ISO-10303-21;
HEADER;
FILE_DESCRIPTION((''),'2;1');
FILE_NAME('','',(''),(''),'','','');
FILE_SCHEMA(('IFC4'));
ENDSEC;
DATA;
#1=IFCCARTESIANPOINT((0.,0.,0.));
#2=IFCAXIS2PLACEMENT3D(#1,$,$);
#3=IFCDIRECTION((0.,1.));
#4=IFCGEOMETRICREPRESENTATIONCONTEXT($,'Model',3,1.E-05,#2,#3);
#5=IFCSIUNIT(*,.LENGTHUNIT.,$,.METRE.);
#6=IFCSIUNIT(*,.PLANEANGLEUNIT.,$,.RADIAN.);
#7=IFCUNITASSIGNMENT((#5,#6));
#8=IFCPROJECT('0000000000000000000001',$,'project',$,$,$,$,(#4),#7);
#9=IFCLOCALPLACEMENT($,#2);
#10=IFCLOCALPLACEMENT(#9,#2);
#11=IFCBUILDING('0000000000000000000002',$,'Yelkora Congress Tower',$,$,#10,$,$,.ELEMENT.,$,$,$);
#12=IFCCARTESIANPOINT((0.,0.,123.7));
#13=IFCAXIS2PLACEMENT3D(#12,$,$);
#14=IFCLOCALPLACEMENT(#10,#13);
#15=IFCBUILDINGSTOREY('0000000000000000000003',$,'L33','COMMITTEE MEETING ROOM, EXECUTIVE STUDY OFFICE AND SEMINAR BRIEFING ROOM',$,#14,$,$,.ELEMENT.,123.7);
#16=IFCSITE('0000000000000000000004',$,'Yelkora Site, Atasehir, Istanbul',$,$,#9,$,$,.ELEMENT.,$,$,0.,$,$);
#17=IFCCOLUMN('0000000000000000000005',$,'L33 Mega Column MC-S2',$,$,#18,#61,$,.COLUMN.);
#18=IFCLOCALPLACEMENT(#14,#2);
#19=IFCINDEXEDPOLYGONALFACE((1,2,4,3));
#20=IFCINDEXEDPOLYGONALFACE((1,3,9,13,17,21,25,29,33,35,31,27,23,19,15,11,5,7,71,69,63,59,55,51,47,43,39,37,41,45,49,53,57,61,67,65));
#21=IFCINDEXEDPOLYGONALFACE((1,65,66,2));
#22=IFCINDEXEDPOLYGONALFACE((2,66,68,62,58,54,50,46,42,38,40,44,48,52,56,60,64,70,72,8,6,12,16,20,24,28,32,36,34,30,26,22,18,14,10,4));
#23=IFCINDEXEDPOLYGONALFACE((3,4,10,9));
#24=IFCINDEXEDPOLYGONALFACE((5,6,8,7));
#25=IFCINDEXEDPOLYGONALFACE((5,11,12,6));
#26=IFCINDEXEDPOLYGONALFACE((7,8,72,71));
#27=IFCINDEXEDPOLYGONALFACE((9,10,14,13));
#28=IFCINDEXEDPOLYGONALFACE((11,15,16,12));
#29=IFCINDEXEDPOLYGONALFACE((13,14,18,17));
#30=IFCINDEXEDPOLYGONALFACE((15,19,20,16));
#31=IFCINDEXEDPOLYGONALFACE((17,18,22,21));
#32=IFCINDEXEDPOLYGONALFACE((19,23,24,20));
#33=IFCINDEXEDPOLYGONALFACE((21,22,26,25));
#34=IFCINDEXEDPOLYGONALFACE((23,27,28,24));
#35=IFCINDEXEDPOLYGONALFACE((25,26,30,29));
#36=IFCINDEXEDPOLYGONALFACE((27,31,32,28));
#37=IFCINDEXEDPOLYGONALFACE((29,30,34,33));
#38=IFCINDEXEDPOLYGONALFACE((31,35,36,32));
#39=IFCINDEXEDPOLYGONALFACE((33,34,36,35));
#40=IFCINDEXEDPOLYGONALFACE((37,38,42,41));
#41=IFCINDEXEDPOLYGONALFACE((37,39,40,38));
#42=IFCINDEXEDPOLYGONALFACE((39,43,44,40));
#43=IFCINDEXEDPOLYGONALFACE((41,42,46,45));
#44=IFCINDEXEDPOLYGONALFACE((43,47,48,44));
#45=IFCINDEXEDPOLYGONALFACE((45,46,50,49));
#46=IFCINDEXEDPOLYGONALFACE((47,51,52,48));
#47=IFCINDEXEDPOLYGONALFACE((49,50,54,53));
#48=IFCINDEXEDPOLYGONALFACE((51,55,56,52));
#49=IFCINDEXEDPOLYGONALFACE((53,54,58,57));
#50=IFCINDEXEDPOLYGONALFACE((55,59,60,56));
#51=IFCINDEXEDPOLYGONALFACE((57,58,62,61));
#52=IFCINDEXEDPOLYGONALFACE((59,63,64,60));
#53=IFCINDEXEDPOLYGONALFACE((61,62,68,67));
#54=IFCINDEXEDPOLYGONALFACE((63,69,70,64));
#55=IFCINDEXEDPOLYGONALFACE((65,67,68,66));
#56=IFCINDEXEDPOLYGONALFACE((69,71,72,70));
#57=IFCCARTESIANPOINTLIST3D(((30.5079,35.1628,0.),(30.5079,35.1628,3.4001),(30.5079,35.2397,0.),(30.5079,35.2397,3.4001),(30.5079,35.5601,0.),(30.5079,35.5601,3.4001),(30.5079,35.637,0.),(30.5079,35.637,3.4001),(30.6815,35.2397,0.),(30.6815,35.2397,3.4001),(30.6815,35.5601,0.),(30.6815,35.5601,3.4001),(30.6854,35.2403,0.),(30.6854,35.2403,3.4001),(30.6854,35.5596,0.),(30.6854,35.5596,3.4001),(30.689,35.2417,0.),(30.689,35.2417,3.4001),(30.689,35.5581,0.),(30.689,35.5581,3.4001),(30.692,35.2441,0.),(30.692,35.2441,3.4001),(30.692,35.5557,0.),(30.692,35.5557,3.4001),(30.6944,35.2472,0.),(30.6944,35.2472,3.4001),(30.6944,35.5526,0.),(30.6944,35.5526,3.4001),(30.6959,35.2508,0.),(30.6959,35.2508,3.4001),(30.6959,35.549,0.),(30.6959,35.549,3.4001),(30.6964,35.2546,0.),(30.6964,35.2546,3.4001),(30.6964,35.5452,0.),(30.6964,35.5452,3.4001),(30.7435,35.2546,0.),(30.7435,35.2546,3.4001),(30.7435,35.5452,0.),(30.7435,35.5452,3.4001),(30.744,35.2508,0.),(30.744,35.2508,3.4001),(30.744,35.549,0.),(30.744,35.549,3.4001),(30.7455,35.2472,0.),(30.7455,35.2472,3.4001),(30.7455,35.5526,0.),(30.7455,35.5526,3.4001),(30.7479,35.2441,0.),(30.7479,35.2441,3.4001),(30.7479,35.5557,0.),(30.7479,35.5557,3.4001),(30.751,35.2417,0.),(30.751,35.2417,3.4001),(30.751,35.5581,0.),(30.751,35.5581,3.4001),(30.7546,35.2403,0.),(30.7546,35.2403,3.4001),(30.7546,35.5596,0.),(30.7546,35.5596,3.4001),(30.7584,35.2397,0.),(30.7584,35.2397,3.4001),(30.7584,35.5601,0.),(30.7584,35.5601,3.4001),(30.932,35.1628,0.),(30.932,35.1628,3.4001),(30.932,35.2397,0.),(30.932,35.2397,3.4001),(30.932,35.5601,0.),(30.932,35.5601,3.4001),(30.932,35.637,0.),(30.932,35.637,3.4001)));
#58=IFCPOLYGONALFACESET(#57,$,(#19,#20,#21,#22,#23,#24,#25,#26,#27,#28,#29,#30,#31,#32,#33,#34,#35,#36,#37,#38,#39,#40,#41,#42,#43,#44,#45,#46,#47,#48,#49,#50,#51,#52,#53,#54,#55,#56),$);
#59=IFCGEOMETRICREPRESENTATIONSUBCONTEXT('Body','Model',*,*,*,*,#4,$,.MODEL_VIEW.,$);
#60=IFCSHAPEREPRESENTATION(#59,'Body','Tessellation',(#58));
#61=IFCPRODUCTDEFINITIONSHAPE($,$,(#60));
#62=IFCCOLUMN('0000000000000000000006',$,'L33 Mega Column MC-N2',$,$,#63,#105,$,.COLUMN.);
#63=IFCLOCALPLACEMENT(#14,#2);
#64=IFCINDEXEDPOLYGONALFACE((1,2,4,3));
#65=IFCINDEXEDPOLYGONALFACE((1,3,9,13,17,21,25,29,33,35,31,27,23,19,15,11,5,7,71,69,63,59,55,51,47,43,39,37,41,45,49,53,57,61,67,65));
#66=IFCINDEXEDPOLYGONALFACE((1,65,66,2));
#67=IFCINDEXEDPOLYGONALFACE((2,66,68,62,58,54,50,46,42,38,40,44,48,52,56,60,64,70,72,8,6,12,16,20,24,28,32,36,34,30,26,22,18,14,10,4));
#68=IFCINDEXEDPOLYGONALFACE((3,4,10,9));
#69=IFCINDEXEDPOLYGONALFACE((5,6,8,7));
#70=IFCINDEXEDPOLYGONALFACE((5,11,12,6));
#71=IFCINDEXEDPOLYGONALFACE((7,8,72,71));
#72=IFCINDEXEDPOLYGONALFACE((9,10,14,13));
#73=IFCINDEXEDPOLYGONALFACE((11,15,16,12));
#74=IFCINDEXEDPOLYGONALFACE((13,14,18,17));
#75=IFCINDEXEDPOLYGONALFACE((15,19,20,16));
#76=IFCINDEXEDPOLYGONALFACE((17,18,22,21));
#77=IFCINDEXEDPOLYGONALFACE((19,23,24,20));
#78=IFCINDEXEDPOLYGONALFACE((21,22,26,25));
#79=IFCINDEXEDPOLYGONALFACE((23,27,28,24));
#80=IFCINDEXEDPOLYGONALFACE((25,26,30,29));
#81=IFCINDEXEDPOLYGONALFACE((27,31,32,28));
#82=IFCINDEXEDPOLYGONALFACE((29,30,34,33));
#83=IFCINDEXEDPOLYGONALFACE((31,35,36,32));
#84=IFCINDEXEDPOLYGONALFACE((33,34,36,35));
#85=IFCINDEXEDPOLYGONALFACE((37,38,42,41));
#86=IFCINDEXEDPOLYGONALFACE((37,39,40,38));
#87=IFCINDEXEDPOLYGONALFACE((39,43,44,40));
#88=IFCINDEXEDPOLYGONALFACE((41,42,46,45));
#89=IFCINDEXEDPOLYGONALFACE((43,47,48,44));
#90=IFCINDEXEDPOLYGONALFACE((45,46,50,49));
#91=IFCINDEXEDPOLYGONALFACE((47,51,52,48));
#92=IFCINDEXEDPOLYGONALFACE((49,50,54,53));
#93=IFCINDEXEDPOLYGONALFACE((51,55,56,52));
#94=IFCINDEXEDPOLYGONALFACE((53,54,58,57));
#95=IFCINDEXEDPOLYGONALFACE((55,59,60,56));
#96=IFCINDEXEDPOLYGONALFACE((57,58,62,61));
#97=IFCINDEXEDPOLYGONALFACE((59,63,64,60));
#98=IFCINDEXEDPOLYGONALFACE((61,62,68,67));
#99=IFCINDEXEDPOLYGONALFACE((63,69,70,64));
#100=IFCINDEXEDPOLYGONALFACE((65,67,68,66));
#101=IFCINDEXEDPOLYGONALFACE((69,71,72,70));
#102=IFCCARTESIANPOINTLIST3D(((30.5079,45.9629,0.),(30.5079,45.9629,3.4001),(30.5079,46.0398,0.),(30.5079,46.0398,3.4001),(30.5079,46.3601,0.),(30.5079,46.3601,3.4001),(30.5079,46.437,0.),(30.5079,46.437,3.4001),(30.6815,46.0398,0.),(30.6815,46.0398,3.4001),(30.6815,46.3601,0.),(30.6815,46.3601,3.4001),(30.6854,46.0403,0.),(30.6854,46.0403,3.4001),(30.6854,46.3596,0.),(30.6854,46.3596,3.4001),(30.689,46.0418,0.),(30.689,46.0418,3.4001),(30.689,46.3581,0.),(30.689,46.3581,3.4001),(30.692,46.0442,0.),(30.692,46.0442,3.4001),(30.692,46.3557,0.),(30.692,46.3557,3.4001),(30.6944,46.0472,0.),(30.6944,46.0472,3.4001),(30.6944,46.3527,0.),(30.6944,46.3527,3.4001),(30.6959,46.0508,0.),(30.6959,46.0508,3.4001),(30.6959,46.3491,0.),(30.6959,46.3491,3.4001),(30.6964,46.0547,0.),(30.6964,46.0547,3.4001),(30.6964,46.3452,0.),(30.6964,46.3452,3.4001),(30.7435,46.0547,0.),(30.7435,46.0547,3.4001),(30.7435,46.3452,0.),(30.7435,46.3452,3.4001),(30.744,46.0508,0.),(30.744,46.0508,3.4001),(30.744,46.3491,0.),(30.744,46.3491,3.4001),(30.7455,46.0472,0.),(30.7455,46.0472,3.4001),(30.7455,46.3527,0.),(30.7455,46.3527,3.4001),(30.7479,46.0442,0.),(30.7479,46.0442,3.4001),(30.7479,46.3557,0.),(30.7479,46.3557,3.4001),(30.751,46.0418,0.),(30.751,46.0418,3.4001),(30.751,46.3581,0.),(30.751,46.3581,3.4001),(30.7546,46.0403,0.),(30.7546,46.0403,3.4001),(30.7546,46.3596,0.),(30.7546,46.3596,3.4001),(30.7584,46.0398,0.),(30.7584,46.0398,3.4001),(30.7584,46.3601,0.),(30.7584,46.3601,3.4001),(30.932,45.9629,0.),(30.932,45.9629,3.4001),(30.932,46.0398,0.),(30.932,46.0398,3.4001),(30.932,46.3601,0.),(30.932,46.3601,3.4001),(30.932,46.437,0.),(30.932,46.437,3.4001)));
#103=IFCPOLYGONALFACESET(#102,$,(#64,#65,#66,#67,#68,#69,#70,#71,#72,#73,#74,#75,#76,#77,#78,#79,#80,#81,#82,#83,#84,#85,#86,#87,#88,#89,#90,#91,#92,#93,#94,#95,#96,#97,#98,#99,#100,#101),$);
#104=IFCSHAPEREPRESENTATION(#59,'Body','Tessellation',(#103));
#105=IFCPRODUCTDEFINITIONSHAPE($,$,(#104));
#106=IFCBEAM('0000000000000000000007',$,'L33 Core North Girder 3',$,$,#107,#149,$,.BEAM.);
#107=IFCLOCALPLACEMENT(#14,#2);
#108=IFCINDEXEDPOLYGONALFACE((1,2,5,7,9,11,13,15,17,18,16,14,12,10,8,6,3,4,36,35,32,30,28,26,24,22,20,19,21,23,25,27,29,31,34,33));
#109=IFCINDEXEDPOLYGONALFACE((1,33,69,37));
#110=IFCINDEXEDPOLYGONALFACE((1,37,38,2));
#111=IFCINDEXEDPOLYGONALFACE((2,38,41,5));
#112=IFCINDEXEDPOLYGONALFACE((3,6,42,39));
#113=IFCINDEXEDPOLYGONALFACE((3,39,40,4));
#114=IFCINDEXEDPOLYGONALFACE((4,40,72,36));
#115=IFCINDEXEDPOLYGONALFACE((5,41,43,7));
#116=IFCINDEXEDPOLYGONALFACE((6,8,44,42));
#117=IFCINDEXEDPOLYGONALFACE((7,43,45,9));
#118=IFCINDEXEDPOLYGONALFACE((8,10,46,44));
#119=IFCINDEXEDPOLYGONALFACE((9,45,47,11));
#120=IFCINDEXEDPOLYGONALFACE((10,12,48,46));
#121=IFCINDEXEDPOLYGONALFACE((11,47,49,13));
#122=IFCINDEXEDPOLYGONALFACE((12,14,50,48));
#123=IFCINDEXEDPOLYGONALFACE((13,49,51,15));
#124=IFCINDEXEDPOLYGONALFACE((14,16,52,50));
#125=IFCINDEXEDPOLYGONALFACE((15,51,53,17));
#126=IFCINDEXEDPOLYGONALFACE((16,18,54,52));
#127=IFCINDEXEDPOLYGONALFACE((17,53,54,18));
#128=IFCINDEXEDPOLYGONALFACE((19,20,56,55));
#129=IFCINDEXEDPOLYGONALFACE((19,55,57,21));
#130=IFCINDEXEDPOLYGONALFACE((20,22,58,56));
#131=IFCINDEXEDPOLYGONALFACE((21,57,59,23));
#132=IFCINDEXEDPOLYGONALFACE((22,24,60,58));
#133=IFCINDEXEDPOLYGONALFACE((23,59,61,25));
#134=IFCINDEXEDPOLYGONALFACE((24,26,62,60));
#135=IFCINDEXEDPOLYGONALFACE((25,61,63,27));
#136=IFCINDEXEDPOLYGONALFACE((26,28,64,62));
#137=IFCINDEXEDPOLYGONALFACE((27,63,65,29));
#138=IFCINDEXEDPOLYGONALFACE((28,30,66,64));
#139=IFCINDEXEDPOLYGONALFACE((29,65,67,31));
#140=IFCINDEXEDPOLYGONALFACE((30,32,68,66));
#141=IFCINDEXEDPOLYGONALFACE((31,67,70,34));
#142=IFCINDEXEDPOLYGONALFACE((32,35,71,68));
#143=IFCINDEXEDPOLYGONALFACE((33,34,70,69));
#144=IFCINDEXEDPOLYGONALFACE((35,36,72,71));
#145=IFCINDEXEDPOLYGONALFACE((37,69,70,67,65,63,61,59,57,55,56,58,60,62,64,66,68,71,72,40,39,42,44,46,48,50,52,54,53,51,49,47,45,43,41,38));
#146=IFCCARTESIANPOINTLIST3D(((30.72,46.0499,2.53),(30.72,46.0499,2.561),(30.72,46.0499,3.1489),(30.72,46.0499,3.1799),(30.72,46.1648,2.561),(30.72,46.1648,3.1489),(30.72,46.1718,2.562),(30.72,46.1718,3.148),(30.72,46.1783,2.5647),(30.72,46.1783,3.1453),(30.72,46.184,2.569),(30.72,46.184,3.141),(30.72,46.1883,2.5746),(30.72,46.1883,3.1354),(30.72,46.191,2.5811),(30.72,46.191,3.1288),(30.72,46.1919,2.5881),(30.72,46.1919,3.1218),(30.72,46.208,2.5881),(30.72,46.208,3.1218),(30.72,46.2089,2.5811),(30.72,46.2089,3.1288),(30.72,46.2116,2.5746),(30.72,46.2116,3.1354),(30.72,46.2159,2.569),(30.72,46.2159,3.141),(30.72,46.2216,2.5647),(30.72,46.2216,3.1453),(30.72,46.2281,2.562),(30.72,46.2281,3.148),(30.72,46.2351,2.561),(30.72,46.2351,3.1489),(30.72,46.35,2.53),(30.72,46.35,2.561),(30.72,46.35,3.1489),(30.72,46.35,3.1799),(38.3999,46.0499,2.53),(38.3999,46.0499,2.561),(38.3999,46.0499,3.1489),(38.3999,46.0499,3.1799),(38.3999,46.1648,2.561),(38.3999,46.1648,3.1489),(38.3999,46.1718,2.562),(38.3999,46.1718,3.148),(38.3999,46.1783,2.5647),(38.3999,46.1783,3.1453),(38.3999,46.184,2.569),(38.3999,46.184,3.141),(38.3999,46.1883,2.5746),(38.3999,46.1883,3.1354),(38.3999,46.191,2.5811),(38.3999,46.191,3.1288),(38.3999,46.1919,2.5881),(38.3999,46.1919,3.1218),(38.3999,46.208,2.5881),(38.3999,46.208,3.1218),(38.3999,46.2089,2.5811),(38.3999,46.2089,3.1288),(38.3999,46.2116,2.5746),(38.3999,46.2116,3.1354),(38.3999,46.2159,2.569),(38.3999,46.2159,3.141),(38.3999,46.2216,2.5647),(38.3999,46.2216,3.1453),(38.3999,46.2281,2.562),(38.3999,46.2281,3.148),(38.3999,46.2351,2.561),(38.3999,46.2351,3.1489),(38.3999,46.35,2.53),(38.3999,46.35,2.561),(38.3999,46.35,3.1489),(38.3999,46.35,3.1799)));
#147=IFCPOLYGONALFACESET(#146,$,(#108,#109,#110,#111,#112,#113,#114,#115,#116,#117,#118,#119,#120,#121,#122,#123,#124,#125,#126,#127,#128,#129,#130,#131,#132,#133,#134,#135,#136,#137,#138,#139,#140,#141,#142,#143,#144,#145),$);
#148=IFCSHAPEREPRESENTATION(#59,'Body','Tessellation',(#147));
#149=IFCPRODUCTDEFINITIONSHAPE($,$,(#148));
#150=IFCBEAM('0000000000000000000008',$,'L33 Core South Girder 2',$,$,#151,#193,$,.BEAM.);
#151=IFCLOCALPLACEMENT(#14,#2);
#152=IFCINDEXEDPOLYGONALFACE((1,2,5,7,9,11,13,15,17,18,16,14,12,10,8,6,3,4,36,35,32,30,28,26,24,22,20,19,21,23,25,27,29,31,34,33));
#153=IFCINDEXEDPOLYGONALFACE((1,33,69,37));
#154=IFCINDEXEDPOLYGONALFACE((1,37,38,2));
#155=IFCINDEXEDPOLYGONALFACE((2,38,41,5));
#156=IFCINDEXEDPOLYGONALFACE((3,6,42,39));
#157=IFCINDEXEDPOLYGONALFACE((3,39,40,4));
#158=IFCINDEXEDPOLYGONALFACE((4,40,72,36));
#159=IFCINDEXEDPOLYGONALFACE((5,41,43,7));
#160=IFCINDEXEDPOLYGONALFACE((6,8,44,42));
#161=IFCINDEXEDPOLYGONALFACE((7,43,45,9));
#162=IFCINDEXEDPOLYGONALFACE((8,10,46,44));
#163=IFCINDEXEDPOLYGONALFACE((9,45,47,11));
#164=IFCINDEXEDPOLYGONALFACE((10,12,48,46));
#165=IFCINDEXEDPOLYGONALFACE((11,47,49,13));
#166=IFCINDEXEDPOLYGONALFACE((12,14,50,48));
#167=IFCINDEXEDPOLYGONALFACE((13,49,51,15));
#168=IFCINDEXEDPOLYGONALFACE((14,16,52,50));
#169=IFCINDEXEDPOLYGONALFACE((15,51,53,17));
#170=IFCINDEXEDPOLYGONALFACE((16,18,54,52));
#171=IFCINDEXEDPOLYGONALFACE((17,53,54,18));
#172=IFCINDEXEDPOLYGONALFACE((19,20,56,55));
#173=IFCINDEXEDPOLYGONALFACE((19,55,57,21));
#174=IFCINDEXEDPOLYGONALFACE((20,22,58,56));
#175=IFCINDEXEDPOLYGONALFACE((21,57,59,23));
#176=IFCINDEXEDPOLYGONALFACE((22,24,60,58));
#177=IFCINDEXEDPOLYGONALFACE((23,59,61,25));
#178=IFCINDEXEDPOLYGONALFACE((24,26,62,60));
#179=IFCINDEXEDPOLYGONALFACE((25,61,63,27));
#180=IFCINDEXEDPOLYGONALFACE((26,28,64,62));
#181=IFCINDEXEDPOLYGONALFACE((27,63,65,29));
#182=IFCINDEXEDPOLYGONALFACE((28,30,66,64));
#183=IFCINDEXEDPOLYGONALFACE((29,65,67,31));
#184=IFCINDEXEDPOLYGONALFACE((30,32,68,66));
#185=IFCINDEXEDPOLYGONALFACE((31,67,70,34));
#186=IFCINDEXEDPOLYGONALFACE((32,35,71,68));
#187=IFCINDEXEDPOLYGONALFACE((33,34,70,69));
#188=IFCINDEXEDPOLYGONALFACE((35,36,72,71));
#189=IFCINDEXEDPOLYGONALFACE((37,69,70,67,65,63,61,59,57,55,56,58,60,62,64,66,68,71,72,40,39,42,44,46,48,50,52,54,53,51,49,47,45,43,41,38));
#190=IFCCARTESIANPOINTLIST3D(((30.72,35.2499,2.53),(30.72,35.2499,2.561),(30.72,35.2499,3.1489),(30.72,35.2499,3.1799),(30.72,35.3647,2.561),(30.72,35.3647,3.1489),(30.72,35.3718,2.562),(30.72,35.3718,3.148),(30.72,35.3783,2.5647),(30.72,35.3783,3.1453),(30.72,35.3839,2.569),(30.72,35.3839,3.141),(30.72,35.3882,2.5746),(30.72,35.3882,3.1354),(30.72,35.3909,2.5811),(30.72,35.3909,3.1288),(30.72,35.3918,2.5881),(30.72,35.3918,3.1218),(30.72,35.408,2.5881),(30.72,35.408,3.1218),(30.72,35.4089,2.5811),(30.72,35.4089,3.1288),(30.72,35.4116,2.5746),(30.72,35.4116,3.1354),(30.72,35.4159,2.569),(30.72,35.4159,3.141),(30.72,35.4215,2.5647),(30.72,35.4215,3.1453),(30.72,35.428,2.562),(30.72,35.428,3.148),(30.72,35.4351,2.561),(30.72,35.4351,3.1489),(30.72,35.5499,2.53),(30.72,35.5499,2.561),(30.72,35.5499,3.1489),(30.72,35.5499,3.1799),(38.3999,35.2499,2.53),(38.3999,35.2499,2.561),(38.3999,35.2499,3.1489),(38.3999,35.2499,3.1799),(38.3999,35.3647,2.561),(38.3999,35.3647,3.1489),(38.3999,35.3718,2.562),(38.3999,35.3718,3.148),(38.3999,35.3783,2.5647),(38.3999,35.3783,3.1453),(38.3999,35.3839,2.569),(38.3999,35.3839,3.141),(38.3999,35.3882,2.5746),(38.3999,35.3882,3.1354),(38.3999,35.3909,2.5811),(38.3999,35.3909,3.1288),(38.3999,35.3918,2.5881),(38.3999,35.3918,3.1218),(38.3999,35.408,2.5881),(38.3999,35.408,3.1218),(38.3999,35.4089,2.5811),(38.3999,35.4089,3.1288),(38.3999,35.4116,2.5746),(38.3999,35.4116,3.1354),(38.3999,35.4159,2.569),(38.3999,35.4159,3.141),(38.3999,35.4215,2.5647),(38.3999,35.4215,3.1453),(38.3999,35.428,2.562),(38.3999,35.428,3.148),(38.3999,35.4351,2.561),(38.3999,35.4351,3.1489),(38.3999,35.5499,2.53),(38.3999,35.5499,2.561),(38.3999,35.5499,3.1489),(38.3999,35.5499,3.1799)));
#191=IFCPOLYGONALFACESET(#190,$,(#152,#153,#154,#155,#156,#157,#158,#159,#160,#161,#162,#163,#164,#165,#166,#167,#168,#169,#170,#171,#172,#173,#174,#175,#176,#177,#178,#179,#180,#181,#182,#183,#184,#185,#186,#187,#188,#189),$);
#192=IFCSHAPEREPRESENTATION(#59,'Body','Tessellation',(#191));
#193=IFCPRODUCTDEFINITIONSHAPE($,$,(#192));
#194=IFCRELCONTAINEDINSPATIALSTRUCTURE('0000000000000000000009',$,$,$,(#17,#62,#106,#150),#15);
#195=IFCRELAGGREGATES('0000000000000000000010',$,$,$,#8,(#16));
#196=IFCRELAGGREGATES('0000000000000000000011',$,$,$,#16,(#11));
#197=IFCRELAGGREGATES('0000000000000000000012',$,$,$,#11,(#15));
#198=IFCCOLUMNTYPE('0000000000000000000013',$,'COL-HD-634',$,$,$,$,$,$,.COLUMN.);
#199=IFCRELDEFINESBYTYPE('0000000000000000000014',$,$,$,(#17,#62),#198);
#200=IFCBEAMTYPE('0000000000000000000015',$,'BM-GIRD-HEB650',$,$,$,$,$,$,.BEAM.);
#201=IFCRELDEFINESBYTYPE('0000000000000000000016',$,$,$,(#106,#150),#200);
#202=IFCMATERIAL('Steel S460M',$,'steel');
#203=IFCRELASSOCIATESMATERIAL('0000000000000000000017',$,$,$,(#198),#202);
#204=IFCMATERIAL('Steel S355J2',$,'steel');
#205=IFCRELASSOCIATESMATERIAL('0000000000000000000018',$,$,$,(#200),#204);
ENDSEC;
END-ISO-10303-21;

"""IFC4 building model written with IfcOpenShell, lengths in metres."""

from ifc_helpers import new_model, si_unit, direction, frame, origin, origin_2d, place, context, subcontext, project, spatial, i_section, extrude, material, material_profile, profile_set, type_object, element, save


model = new_model("IFC4")

# Units and contexts
model_context = context("Model", 3, precision=1e-05, world=origin(), true_north=direction((0.0, 1.0)))
body_context = subcontext(model_context, "Body", "Model", "MODEL_VIEW")
ifc_project = project(units=[si_unit("LENGTHUNIT", "METRE"), si_unit("PLANEANGLEUNIT", "RADIAN")], contexts=[model_context])

# Site, building, storey
site_placement = place(None, origin())
site = spatial("IfcSite", under=ifc_project, at=site_placement, Name="Yelkora Site, Atasehir, Istanbul", CompositionType="ELEMENT", RefElevation=0.0)
building_placement = place(site_placement, origin())
building = spatial("IfcBuilding", under=site, at=building_placement, Name="Yelkora Congress Tower", CompositionType="ELEMENT")
storey_placement = place(building_placement, frame((0.0, 0.0, 123.7)))
storey = spatial("IfcBuildingStorey", under=building, at=storey_placement, Name="L33", Description="COMMITTEE MEETING ROOM, EXECUTIVE STUDY OFFICE AND SEMINAR BRIEFING ROOM", CompositionType="ELEMENT", Elevation=123.7)

# Columns
ifc_material_1 = material(Name="Steel S460M", Category="steel")
ifc_material_profile_1 = material_profile(ifc_material_1, i_section(OverallWidth=0.4241, OverallDepth=0.4741, WebThickness=0.0471, FlangeThickness=0.0769, FilletRadius=0.0149, at=origin_2d()), Name="HD 400x634")
ifc_profile_set_1 = profile_set([ifc_material_profile_1], Name="Steel S460M")
column_type = type_object("IfcColumnType", Name="COL-HD-634", PredefinedType="COLUMN", material=ifc_profile_set_1)
for number, where, z_axis, x_axis, name in (
    (1, (30.72, 35.3999, 0.0), (0.0, 0.0, 1.0), (1.0, 0.0, 0.0), "L33 Mega Column MC-S2"),
    (2, (30.72, 46.2, 0.0), (0.0, 0.0, 1.0), (1.0, 0.0, 0.0), "L33 Mega Column MC-N2"),
):
    element("IfcColumn", number, at=place(storey_placement, frame(where, z_axis=z_axis, x_axis=x_axis)), inside=storey, type_object=column_type, Name=name, PredefinedType="COLUMN", context=body_context, shape_type="SweptSolid", body=[
        extrude(i_section(OverallWidth=0.4241, OverallDepth=0.4741, WebThickness=0.0471, FlangeThickness=0.0769, FilletRadius=0.0149, at=origin_2d()), origin(), (0.0, 0.0, 1.0), 3.4001),
    ])

# Beams
ifc_material_2 = material(Name="Steel S355J2", Category="steel")
ifc_material_profile_2 = material_profile(ifc_material_2, i_section(OverallWidth=0.3, OverallDepth=0.6499, WebThickness=0.0161, FlangeThickness=0.031, FilletRadius=0.0271, at=origin_2d()), Name="HEB 650")
ifc_profile_set_2 = profile_set([ifc_material_profile_2], Name="Steel S355J2")
beam_type = type_object("IfcBeamType", Name="BM-GIRD-HEB650", PredefinedType="BEAM", material=ifc_profile_set_2)
for number, where, z_axis, x_axis, name in (
    (3, (30.72, 46.2, 2.855), (1.0, 0.0, 0.0), (0.0, 1.0, 0.0), "L33 Core North Girder 3"),
    (4, (30.72, 35.3999, 2.855), (1.0, 0.0, 0.0), (0.0, 1.0, 0.0), "L33 Core South Girder 2"),
):
    element("IfcBeam", number, at=place(storey_placement, frame(where, z_axis=z_axis, x_axis=x_axis)), inside=storey, type_object=beam_type, Name=name, PredefinedType="BEAM", context=body_context, shape_type="SweptSolid", body=[
        extrude(i_section(OverallWidth=0.3, OverallDepth=0.6499, WebThickness=0.0161, FlangeThickness=0.031, FilletRadius=0.0271, at=origin_2d()), origin(), (0.0, 0.0, 1.0), 7.6799),
    ])

save(model, "model.ifc")
